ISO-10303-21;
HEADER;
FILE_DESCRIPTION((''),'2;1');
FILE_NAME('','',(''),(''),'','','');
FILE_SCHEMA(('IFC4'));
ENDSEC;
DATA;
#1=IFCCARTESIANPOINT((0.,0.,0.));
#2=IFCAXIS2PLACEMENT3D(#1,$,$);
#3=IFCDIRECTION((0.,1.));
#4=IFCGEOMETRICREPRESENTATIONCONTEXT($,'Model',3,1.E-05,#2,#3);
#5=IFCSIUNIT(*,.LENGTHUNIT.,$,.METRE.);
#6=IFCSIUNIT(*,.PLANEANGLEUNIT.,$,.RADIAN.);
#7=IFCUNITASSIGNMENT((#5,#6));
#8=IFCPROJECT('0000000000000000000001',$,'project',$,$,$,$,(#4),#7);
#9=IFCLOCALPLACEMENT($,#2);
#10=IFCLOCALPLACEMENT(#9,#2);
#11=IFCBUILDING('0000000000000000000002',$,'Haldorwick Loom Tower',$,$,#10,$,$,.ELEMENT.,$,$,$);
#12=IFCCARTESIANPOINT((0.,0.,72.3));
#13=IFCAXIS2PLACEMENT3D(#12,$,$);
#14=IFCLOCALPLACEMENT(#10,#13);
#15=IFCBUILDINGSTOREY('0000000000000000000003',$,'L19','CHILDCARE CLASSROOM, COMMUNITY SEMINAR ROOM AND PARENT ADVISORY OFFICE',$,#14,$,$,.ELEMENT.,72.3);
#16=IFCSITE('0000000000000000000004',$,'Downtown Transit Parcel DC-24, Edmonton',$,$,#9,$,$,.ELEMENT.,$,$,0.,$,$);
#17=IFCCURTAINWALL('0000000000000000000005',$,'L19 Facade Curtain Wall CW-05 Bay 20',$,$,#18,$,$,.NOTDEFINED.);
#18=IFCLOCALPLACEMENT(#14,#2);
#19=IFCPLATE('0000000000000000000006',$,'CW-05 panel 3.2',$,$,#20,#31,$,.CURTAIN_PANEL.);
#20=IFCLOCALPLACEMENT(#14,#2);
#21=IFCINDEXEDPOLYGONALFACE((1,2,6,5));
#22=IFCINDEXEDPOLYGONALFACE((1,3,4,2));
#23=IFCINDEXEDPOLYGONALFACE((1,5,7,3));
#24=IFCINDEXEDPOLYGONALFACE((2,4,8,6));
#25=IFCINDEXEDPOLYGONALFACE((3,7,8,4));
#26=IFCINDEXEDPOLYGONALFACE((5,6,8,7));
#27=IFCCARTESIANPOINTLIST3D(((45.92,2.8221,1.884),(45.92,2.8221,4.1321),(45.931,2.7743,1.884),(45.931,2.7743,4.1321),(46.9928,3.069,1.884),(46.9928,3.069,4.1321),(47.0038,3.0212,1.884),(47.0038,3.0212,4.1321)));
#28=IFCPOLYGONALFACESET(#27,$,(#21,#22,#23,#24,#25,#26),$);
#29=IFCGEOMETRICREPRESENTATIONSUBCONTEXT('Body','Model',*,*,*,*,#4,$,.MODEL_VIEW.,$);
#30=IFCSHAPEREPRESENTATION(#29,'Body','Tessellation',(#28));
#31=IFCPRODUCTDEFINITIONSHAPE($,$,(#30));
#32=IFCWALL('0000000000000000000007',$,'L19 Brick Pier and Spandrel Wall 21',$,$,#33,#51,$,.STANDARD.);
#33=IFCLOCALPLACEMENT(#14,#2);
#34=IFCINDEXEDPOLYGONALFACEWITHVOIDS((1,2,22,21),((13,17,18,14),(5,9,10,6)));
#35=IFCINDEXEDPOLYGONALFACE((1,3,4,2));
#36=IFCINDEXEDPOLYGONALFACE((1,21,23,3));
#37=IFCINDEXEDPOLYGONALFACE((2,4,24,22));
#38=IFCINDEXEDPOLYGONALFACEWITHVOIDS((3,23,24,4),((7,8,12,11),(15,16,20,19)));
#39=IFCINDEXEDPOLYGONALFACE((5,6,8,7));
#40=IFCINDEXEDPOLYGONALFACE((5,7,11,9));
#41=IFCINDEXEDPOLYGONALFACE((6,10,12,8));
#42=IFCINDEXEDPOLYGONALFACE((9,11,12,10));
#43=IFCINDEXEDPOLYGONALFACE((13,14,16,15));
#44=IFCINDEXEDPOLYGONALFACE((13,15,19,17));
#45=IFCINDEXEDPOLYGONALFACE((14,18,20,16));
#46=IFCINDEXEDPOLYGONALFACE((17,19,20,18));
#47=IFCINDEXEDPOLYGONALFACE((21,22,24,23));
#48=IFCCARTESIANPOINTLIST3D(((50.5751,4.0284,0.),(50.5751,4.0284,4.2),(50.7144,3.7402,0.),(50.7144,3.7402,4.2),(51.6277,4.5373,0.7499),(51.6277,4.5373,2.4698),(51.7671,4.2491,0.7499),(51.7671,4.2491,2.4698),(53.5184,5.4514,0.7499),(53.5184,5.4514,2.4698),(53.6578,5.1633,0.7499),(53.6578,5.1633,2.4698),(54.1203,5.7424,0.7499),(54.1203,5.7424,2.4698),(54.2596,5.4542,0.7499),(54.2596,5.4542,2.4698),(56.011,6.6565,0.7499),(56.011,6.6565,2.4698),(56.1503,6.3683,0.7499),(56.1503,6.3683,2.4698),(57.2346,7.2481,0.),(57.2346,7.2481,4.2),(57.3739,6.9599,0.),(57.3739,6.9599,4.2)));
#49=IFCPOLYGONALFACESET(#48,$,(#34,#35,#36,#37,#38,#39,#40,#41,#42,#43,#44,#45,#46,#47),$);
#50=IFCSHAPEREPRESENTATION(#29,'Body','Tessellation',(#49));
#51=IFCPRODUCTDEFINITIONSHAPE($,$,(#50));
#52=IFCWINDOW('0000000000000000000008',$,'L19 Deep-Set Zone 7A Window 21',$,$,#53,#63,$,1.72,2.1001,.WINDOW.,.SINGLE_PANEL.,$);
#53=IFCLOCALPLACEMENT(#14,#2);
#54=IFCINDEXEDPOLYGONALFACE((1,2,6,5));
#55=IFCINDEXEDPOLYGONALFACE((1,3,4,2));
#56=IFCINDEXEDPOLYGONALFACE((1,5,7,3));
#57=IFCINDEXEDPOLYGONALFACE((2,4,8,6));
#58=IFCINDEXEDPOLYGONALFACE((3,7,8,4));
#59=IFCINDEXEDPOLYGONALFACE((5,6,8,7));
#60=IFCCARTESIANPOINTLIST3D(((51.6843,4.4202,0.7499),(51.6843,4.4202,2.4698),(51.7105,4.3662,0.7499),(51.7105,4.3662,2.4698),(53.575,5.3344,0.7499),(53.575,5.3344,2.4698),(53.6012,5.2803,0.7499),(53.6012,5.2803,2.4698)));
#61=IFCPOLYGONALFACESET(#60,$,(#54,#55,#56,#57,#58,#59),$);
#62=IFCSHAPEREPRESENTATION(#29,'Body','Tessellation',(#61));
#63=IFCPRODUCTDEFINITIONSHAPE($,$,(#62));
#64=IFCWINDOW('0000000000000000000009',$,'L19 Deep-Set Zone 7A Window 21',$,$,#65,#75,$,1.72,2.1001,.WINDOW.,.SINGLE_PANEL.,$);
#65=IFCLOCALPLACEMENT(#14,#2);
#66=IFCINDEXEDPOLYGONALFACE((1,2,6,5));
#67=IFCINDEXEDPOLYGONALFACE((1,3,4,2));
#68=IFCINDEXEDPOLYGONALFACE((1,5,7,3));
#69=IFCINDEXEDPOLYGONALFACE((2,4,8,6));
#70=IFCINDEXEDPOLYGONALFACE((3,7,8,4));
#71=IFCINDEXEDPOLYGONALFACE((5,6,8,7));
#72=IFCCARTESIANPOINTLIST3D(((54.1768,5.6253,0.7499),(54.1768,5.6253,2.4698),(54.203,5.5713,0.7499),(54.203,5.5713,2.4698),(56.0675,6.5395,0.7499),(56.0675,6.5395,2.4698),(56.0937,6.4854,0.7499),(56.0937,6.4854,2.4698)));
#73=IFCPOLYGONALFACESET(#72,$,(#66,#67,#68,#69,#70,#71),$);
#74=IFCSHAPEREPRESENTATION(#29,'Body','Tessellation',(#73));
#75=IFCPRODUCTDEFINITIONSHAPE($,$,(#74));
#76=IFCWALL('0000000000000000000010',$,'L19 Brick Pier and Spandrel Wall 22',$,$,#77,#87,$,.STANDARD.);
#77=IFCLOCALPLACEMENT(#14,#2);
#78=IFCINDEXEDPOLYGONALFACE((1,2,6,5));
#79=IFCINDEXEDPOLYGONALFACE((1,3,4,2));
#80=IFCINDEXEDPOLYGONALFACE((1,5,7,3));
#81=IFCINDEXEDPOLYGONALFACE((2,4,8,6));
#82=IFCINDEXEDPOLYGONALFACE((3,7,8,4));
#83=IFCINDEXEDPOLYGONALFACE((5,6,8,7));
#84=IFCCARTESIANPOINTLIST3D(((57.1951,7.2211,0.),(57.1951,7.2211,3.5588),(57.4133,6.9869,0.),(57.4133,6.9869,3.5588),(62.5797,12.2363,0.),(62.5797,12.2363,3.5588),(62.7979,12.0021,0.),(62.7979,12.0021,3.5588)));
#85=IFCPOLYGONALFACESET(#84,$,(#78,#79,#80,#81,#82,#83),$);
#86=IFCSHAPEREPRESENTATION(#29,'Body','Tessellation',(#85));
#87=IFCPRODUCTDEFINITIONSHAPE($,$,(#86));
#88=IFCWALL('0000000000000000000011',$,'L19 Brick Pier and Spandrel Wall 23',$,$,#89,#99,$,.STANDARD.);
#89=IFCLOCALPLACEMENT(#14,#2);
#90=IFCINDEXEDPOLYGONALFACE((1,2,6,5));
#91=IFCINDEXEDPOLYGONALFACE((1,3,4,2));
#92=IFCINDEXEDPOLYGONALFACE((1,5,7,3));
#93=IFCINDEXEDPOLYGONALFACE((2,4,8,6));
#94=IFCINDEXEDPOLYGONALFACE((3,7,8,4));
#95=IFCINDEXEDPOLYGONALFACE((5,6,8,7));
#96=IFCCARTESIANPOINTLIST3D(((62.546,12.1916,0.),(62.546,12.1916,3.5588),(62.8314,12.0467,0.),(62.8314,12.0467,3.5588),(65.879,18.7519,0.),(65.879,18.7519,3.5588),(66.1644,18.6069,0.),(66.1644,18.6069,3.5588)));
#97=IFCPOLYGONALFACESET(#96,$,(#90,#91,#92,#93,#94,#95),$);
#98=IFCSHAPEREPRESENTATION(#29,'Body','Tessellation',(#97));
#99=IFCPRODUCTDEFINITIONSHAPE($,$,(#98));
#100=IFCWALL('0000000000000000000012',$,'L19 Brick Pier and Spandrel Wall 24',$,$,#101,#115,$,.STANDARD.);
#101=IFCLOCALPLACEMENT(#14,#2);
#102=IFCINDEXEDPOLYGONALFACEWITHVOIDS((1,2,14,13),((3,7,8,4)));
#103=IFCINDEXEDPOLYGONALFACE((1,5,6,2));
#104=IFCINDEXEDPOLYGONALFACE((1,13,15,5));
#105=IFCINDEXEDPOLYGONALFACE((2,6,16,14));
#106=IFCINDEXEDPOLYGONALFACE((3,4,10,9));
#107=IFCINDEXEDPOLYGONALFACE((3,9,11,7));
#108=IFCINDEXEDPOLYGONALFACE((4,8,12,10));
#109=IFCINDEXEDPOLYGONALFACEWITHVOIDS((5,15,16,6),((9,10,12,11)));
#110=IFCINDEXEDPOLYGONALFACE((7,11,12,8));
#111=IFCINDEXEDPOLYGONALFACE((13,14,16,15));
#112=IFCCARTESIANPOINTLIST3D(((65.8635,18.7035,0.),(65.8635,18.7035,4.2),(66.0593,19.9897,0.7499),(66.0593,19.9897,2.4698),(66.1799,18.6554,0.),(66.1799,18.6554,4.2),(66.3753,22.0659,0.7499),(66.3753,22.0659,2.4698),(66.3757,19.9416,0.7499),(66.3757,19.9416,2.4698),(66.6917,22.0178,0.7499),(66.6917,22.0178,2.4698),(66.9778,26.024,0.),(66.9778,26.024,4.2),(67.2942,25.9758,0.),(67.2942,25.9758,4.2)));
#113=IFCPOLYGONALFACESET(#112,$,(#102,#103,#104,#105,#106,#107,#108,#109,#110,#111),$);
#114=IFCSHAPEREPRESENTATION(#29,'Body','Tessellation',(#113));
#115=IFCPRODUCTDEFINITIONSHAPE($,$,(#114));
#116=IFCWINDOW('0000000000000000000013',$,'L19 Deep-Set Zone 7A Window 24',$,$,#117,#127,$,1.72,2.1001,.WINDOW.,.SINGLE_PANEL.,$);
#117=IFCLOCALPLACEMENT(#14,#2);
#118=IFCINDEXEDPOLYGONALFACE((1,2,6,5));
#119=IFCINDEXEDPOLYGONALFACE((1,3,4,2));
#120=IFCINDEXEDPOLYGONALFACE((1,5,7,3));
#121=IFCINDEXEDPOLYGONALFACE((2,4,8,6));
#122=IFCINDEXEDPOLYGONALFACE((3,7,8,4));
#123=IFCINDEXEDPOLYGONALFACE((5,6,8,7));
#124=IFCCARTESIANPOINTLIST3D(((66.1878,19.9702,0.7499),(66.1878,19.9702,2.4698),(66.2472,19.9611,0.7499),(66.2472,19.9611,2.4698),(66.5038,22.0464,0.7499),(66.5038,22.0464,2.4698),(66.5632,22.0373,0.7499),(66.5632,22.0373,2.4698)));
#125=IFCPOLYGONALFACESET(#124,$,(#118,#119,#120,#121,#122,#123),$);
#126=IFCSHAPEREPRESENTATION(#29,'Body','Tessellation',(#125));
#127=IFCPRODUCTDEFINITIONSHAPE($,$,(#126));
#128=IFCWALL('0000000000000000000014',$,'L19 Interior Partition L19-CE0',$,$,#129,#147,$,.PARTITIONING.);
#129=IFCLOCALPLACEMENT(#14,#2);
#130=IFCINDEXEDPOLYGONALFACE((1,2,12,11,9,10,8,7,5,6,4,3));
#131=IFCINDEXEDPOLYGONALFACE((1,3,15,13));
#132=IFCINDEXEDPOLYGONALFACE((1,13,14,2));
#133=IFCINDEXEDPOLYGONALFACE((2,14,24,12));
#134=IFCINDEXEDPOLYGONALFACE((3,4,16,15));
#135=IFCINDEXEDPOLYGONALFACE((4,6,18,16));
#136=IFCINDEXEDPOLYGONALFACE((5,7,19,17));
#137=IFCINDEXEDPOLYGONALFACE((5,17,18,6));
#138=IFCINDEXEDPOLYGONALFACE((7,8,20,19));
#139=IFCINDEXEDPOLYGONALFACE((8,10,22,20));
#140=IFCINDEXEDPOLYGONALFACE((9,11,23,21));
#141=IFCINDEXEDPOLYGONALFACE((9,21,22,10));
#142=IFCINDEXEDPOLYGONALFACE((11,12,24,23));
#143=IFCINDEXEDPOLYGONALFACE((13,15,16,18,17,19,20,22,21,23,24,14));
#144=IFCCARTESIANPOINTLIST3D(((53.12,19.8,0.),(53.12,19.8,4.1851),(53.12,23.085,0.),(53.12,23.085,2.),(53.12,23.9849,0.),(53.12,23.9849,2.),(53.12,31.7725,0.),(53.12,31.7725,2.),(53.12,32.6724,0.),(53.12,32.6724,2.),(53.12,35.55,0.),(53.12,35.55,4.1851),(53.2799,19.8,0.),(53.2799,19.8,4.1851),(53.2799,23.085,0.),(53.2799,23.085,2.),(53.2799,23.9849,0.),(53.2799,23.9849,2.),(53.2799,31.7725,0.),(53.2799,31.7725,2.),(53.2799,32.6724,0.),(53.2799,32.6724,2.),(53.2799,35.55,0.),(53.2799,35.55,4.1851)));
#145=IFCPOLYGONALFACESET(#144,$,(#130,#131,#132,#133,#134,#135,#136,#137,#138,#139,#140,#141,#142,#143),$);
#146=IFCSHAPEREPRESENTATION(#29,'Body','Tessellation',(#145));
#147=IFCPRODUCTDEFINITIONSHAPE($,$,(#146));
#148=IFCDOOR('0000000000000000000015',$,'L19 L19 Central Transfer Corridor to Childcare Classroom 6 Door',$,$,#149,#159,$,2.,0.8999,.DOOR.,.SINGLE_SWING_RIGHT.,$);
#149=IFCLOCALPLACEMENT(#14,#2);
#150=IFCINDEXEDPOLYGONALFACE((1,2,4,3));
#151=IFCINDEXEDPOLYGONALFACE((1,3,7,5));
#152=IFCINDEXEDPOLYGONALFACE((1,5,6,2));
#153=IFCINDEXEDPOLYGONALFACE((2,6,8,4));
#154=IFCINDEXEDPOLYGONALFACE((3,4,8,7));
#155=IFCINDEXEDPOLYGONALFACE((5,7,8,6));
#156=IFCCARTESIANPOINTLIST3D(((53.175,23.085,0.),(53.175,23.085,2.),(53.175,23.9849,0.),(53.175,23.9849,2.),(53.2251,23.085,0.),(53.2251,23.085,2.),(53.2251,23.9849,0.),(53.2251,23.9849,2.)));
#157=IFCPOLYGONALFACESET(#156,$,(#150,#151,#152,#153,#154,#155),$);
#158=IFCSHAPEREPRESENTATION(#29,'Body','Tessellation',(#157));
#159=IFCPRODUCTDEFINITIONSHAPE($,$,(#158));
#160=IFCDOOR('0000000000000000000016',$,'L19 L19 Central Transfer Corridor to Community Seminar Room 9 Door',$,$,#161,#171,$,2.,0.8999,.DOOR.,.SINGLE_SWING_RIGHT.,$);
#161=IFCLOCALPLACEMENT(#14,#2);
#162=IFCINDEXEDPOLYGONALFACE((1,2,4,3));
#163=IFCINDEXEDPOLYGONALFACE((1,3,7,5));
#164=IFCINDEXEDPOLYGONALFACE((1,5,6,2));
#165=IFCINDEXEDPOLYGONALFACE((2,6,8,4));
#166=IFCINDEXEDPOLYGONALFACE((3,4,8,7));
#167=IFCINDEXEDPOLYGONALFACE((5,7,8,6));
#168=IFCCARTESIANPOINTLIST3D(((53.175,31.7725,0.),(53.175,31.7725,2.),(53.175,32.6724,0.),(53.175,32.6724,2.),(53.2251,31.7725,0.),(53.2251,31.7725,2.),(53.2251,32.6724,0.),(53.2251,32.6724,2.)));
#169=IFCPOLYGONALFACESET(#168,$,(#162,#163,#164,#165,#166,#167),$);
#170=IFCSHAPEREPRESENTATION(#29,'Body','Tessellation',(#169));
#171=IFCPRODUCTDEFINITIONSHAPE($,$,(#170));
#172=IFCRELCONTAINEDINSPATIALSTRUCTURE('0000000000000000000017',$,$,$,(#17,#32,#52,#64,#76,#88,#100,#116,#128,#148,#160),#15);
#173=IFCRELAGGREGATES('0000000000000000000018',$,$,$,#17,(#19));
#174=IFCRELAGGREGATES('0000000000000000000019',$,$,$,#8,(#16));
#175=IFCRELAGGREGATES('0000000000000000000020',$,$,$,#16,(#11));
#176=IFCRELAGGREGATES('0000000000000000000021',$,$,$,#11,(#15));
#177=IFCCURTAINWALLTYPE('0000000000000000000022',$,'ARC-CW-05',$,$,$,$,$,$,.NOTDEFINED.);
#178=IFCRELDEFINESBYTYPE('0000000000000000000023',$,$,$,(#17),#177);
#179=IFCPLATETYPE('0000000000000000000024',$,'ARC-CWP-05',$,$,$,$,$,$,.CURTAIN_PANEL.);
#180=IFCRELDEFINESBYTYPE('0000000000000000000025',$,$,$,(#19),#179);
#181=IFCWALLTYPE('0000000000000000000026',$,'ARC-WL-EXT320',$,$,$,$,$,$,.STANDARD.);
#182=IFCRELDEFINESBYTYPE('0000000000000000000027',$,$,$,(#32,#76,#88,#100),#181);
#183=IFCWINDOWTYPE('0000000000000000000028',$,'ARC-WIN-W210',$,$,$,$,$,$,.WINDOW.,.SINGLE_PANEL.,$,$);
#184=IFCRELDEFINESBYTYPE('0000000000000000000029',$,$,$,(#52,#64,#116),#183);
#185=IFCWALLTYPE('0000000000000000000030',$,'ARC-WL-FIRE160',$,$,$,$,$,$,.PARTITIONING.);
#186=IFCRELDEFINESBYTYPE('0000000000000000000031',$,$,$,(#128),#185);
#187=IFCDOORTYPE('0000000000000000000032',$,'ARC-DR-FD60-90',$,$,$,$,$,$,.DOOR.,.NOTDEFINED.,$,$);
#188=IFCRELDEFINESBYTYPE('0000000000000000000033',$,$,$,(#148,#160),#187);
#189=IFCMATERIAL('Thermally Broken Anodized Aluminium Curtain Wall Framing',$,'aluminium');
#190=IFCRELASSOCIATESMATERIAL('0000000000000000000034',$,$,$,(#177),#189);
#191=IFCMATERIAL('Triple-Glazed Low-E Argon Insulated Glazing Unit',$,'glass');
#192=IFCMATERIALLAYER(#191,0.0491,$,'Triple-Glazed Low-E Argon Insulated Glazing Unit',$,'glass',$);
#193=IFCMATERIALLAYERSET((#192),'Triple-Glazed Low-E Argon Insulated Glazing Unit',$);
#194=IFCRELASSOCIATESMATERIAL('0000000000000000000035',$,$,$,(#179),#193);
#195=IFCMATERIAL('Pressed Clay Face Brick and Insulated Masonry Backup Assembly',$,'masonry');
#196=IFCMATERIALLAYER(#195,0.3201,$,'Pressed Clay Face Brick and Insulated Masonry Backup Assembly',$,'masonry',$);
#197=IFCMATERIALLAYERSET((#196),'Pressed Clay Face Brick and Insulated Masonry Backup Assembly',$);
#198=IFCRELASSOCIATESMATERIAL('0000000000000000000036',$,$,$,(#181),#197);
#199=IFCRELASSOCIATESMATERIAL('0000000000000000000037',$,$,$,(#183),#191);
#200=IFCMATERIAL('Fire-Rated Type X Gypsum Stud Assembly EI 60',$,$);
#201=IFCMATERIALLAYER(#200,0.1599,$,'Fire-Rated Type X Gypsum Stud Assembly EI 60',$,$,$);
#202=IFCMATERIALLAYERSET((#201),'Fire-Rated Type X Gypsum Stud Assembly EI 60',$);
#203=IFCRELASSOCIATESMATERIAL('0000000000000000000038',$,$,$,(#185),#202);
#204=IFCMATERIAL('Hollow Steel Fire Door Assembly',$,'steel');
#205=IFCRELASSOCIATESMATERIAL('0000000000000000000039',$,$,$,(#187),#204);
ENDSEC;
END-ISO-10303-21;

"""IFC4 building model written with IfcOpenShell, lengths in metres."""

from ifc_helpers import new_model, si_unit, direction, frame, frame_2d, origin, origin_2d, place, context, subcontext, project, spatial, rectangle, extrude, material, layer, layer_set, type_object, element, fill, aggregate, save


model = new_model("IFC4")

# Units and contexts
model_context = context("Model", 3, precision=1e-05, world=origin(), true_north=direction((0.0, 1.0)))
body_context = subcontext(model_context, "Body", "Model", "MODEL_VIEW")
ifc_project = project(units=[si_unit("LENGTHUNIT", "METRE"), si_unit("PLANEANGLEUNIT", "RADIAN")], contexts=[model_context])

# Site, building, storey
site_placement = place(None, origin())
site = spatial("IfcSite", under=ifc_project, at=site_placement, Name="Downtown Transit Parcel DC-24, Edmonton", CompositionType="ELEMENT", RefElevation=0.0)
building_placement = place(site_placement, origin())
building = spatial("IfcBuilding", under=site, at=building_placement, Name="Haldorwick Loom Tower", CompositionType="ELEMENT")
storey_placement = place(building_placement, frame((0.0, 0.0, 72.3)))
storey = spatial("IfcBuildingStorey", under=building, at=storey_placement, Name="L19", Description="CHILDCARE CLASSROOM, COMMUNITY SEMINAR ROOM AND PARENT ADVISORY OFFICE", CompositionType="ELEMENT", Elevation=72.3)

# Curtain wall
ifc_material_1 = material(Name="Thermally Broken Anodized Aluminium Curtain Wall Framing", Category="aluminium")
curtain_wall_type = type_object("IfcCurtainWallType", Name="ARC-CW-05", PredefinedType="NOTDEFINED", material=ifc_material_1)
curtain_wall_placement = place(storey_placement, origin())
curtain_wall = element("IfcCurtainWall", 1, at=curtain_wall_placement, inside=storey, type_object=curtain_wall_type, Name="L19 Facade Curtain Wall CW-05 Bay 20", PredefinedType="NOTDEFINED")

# Plate
ifc_material_2 = material(Name="Triple-Glazed Low-E Argon Insulated Glazing Unit", Category="glass")
ifc_layer_1 = layer(ifc_material_2, 0.0491, Name="Triple-Glazed Low-E Argon Insulated Glazing Unit", Category="glass")
ifc_layer_set_1 = layer_set([ifc_layer_1], Name="Triple-Glazed Low-E Argon Insulated Glazing Unit")
plate_type = type_object("IfcPlateType", Name="ARC-CWP-05", PredefinedType="CURTAIN_PANEL", material=ifc_layer_set_1)
plate_1_placement = place(storey_placement, frame((46.4619, 2.9216, 1.884), z_axis=(0.0, 0.0, 1.0), x_axis=(0.974523, 0.224289, 0.0)))
plate_1 = element("IfcPlate", 2, at=plate_1_placement, type_object=plate_type, Name="CW-05 panel 3.2", PredefinedType="CURTAIN_PANEL", context=body_context, shape_type="SweptSolid", body=[
    extrude(rectangle(XDim=1.1008, YDim=0.0491, at=origin_2d()), origin(), (0.0, 0.0, 1.0), 2.248),
])
aggregate(curtain_wall, [plate_1])

# Wall, openings, windows
ifc_material_3 = material(Name="Pressed Clay Face Brick and Insulated Masonry Backup Assembly", Category="masonry")
ifc_layer_2 = layer(ifc_material_3, 0.3201, Name="Pressed Clay Face Brick and Insulated Masonry Backup Assembly", Category="masonry")
ifc_layer_set_2 = layer_set([ifc_layer_2], Name="Pressed Clay Face Brick and Insulated Masonry Backup Assembly")
wall_type_1 = type_object("IfcWallType", Name="ARC-WL-EXT320", PredefinedType="STANDARD", material=ifc_layer_set_2)
wall_1_placement = place(storey_placement, frame((50.6448, 3.8843, 0.0), z_axis=(0.0, 0.0, 1.0), x_axis=(0.900296, 0.435279, 0.0)))
wall_1 = element("IfcWall", 3, at=wall_1_placement, inside=storey, type_object=wall_type_1, Name="L19 Brick Pier and Spandrel Wall 21", PredefinedType="STANDARD", context=body_context, shape_type="SweptSolid", body=[
    extrude(rectangle(XDim=7.397, YDim=0.3201, at=frame_2d((3.6985, 0.0))), origin(), (0.0, 0.0, 1.0), 4.2),
])
opening_1_placement = place(wall_1_placement, frame((1.1692, 0.0, 0.75)))
opening_1 = element("IfcOpeningElement", 4, at=opening_1_placement, cuts=wall_1, PredefinedType="OPENING", context=body_context, shape_type="SweptSolid", body=[
    extrude(rectangle(XDim=2.1001, YDim=1.72, at=frame_2d((1.05, 0.8599))), frame((0.0, 0.1699, 0.0), z_axis=(0.0, -1.0, 0.0), x_axis=(1.0, 0.0, 0.0)), (0.0, 0.0, 1.0), 0.3401),
])
opening_2_placement = place(wall_1_placement, frame((3.9377, 0.0, 0.75)))
opening_2 = element("IfcOpeningElement", 5, at=opening_2_placement, cuts=wall_1, PredefinedType="OPENING", context=body_context, shape_type="SweptSolid", body=[
    extrude(rectangle(XDim=2.1001, YDim=1.72, at=frame_2d((1.05, 0.8599))), frame((0.0, 0.1699, 0.0), z_axis=(0.0, -1.0, 0.0), x_axis=(1.0, 0.0, 0.0)), (0.0, 0.0, 1.0), 0.3401),
])
window_type = type_object("IfcWindowType", Name="ARC-WIN-W210", PartitioningType="SINGLE_PANEL", PredefinedType="WINDOW", material=ifc_material_2)
window_1_placement = place(opening_1_placement, origin())
window_1 = element("IfcWindow", 6, at=window_1_placement, inside=storey, type_object=window_type, Name="L19 Deep-Set Zone 7A Window 21", OverallHeight=1.72, OverallWidth=2.1001, PartitioningType="SINGLE_PANEL", PredefinedType="WINDOW", context=body_context, shape_type="SweptSolid", body=[
    extrude(rectangle(XDim=2.1001, YDim=1.72, at=frame_2d((1.05, 0.8599))), frame((0.0, 0.03, 0.0), z_axis=(0.0, -1.0, 0.0), x_axis=(1.0, 0.0, 0.0)), (0.0, 0.0, 1.0), 0.0601),
])
fill(opening_1, window_1)
window_2_placement = place(opening_2_placement, origin())
window_2 = element("IfcWindow", 7, at=window_2_placement, inside=storey, type_object=window_type, Name="L19 Deep-Set Zone 7A Window 21", OverallHeight=1.72, OverallWidth=2.1001, PartitioningType="SINGLE_PANEL", PredefinedType="WINDOW", context=body_context, shape_type="SweptSolid", body=[
    extrude(rectangle(XDim=2.1001, YDim=1.72, at=frame_2d((1.05, 0.8599))), frame((0.0, 0.03, 0.0), z_axis=(0.0, -1.0, 0.0), x_axis=(1.0, 0.0, 0.0)), (0.0, 0.0, 1.0), 0.0601),
])
fill(opening_2, window_2)

# Walls
for number, where, z_axis, x_axis, name in (
    (8, (57.3042, 7.104, 0.0), (0.0, 0.0, 1.0), (0.731761, 0.681561, 0.0), "L19 Brick Pier and Spandrel Wall 22"),
    (9, (62.6887, 12.1191, 0.0), (0.0, 0.0, 1.0), (0.452951, 0.891535, 0.0), "L19 Brick Pier and Spandrel Wall 23"),
):
    element("IfcWall", number, at=place(storey_placement, frame(where, z_axis=z_axis, x_axis=x_axis)), inside=storey, type_object=wall_type_1, Name=name, PredefinedType="STANDARD", context=body_context, shape_type="SweptSolid", body=[
        extrude(rectangle(XDim=7.3584, YDim=0.3201, at=frame_2d((3.6792, 0.0))), origin(), (0.0, 0.0, 1.0), 3.5588),
    ])

# Wall, opening, window
wall_2_placement = place(storey_placement, frame((66.0217, 18.6794, 0.0), z_axis=(0.0, 0.0, 1.0), x_axis=(0.150476, 0.988614, 0.0)))
wall_2 = element("IfcWall", 10, at=wall_2_placement, inside=storey, type_object=wall_type_1, Name="L19 Brick Pier and Spandrel Wall 24", PredefinedType="STANDARD", context=body_context, shape_type="SweptSolid", body=[
    extrude(rectangle(XDim=7.4048, YDim=0.3201, at=frame_2d((3.7024, 0.0))), origin(), (0.0, 0.0, 1.0), 4.2),
])
opening_3_placement = place(wall_2_placement, frame((1.301, 0.0, 0.75)))
opening_3 = element("IfcOpeningElement", 11, at=opening_3_placement, cuts=wall_2, PredefinedType="OPENING", context=body_context, shape_type="SweptSolid", body=[
    extrude(rectangle(XDim=2.1001, YDim=1.72, at=frame_2d((1.05, 0.8599))), frame((0.0, 0.1699, 0.0), z_axis=(0.0, -1.0, 0.0), x_axis=(1.0, 0.0, 0.0)), (0.0, 0.0, 1.0), 0.3401),
])
window_3_placement = place(opening_3_placement, origin())
window_3 = element("IfcWindow", 12, at=window_3_placement, inside=storey, type_object=window_type, Name="L19 Deep-Set Zone 7A Window 24", OverallHeight=1.72, OverallWidth=2.1001, PartitioningType="SINGLE_PANEL", PredefinedType="WINDOW", context=body_context, shape_type="SweptSolid", body=[
    extrude(rectangle(XDim=2.1001, YDim=1.72, at=frame_2d((1.05, 0.8599))), frame((0.0, 0.03, 0.0), z_axis=(0.0, -1.0, 0.0), x_axis=(1.0, 0.0, 0.0)), (0.0, 0.0, 1.0), 0.0601),
])
fill(opening_3, window_3)

# Wall, openings, doors
ifc_material_4 = material(Name="Fire-Rated Type X Gypsum Stud Assembly EI 60")
ifc_layer_3 = layer(ifc_material_4, 0.1599, Name="Fire-Rated Type X Gypsum Stud Assembly EI 60")
ifc_layer_set_3 = layer_set([ifc_layer_3], Name="Fire-Rated Type X Gypsum Stud Assembly EI 60")
wall_type_2 = type_object("IfcWallType", Name="ARC-WL-FIRE160", PredefinedType="PARTITIONING", material=ifc_layer_set_3)
wall_3_placement = place(storey_placement, frame((53.2, 19.8, 0.0), z_axis=(0.0, 0.0, 1.0), x_axis=(0.0, 1.0, 0.0)))
wall_3 = element("IfcWall", 13, at=wall_3_placement, inside=storey, type_object=wall_type_2, Name="L19 Interior Partition L19-CE0", PredefinedType="PARTITIONING", context=body_context, shape_type="SweptSolid", body=[
    extrude(rectangle(XDim=15.75, YDim=0.1599, at=frame_2d((7.875, 0.0))), origin(), (0.0, 0.0, 1.0), 4.1851),
])
opening_4_placement = place(wall_3_placement, frame((3.2849, 0.0, 0.0)))
opening_4 = element("IfcOpeningElement", 14, at=opening_4_placement, cuts=wall_3, PredefinedType="OPENING", context=body_context, shape_type="SweptSolid", body=[
    extrude(rectangle(XDim=0.8999, YDim=2.0, at=frame_2d((0.45, 1.0))), frame((0.0, 0.0898, 0.0), z_axis=(0.0, -1.0, 0.0), x_axis=(1.0, 0.0, 0.0)), (0.0, 0.0, 1.0), 0.1799),
])
opening_5_placement = place(wall_3_placement, frame((11.9724, 0.0, 0.0)))
opening_5 = element("IfcOpeningElement", 15, at=opening_5_placement, cuts=wall_3, PredefinedType="OPENING", context=body_context, shape_type="SweptSolid", body=[
    extrude(rectangle(XDim=0.8999, YDim=2.0, at=frame_2d((0.45, 1.0))), frame((0.0, 0.0898, 0.0), z_axis=(0.0, -1.0, 0.0), x_axis=(1.0, 0.0, 0.0)), (0.0, 0.0, 1.0), 0.1799),
])
ifc_material_5 = material(Name="Hollow Steel Fire Door Assembly", Category="steel")
door_type = type_object("IfcDoorType", Name="ARC-DR-FD60-90", OperationType="NOTDEFINED", PredefinedType="DOOR", material=ifc_material_5)
door_1_placement = place(opening_4_placement, origin())
door_1 = element("IfcDoor", 16, at=door_1_placement, inside=storey, type_object=door_type, Name="L19 L19 Central Transfer Corridor to Childcare Classroom 6 Door", OperationType="SINGLE_SWING_RIGHT", OverallHeight=2.0, OverallWidth=0.8999, PredefinedType="DOOR", context=body_context, shape_type="SweptSolid", body=[
    extrude(rectangle(XDim=0.8999, YDim=2.0, at=frame_2d((0.45, 1.0))), frame((0.0, 0.0249, 0.0), z_axis=(0.0, -1.0, 0.0), x_axis=(1.0, 0.0, 0.0)), (0.0, 0.0, 1.0), 0.05),
])
fill(opening_4, door_1)
door_2_placement = place(opening_5_placement, origin())
door_2 = element("IfcDoor", 17, at=door_2_placement, inside=storey, type_object=door_type, Name="L19 L19 Central Transfer Corridor to Community Seminar Room 9 Door", OperationType="SINGLE_SWING_RIGHT", OverallHeight=2.0, OverallWidth=0.8999, PredefinedType="DOOR", context=body_context, shape_type="SweptSolid", body=[
    extrude(rectangle(XDim=0.8999, YDim=2.0, at=frame_2d((0.45, 1.0))), frame((0.0, 0.0249, 0.0), z_axis=(0.0, -1.0, 0.0), x_axis=(1.0, 0.0, 0.0)), (0.0, 0.0, 1.0), 0.05),
])
fill(opening_5, door_2)

save(model, "model.ifc")
